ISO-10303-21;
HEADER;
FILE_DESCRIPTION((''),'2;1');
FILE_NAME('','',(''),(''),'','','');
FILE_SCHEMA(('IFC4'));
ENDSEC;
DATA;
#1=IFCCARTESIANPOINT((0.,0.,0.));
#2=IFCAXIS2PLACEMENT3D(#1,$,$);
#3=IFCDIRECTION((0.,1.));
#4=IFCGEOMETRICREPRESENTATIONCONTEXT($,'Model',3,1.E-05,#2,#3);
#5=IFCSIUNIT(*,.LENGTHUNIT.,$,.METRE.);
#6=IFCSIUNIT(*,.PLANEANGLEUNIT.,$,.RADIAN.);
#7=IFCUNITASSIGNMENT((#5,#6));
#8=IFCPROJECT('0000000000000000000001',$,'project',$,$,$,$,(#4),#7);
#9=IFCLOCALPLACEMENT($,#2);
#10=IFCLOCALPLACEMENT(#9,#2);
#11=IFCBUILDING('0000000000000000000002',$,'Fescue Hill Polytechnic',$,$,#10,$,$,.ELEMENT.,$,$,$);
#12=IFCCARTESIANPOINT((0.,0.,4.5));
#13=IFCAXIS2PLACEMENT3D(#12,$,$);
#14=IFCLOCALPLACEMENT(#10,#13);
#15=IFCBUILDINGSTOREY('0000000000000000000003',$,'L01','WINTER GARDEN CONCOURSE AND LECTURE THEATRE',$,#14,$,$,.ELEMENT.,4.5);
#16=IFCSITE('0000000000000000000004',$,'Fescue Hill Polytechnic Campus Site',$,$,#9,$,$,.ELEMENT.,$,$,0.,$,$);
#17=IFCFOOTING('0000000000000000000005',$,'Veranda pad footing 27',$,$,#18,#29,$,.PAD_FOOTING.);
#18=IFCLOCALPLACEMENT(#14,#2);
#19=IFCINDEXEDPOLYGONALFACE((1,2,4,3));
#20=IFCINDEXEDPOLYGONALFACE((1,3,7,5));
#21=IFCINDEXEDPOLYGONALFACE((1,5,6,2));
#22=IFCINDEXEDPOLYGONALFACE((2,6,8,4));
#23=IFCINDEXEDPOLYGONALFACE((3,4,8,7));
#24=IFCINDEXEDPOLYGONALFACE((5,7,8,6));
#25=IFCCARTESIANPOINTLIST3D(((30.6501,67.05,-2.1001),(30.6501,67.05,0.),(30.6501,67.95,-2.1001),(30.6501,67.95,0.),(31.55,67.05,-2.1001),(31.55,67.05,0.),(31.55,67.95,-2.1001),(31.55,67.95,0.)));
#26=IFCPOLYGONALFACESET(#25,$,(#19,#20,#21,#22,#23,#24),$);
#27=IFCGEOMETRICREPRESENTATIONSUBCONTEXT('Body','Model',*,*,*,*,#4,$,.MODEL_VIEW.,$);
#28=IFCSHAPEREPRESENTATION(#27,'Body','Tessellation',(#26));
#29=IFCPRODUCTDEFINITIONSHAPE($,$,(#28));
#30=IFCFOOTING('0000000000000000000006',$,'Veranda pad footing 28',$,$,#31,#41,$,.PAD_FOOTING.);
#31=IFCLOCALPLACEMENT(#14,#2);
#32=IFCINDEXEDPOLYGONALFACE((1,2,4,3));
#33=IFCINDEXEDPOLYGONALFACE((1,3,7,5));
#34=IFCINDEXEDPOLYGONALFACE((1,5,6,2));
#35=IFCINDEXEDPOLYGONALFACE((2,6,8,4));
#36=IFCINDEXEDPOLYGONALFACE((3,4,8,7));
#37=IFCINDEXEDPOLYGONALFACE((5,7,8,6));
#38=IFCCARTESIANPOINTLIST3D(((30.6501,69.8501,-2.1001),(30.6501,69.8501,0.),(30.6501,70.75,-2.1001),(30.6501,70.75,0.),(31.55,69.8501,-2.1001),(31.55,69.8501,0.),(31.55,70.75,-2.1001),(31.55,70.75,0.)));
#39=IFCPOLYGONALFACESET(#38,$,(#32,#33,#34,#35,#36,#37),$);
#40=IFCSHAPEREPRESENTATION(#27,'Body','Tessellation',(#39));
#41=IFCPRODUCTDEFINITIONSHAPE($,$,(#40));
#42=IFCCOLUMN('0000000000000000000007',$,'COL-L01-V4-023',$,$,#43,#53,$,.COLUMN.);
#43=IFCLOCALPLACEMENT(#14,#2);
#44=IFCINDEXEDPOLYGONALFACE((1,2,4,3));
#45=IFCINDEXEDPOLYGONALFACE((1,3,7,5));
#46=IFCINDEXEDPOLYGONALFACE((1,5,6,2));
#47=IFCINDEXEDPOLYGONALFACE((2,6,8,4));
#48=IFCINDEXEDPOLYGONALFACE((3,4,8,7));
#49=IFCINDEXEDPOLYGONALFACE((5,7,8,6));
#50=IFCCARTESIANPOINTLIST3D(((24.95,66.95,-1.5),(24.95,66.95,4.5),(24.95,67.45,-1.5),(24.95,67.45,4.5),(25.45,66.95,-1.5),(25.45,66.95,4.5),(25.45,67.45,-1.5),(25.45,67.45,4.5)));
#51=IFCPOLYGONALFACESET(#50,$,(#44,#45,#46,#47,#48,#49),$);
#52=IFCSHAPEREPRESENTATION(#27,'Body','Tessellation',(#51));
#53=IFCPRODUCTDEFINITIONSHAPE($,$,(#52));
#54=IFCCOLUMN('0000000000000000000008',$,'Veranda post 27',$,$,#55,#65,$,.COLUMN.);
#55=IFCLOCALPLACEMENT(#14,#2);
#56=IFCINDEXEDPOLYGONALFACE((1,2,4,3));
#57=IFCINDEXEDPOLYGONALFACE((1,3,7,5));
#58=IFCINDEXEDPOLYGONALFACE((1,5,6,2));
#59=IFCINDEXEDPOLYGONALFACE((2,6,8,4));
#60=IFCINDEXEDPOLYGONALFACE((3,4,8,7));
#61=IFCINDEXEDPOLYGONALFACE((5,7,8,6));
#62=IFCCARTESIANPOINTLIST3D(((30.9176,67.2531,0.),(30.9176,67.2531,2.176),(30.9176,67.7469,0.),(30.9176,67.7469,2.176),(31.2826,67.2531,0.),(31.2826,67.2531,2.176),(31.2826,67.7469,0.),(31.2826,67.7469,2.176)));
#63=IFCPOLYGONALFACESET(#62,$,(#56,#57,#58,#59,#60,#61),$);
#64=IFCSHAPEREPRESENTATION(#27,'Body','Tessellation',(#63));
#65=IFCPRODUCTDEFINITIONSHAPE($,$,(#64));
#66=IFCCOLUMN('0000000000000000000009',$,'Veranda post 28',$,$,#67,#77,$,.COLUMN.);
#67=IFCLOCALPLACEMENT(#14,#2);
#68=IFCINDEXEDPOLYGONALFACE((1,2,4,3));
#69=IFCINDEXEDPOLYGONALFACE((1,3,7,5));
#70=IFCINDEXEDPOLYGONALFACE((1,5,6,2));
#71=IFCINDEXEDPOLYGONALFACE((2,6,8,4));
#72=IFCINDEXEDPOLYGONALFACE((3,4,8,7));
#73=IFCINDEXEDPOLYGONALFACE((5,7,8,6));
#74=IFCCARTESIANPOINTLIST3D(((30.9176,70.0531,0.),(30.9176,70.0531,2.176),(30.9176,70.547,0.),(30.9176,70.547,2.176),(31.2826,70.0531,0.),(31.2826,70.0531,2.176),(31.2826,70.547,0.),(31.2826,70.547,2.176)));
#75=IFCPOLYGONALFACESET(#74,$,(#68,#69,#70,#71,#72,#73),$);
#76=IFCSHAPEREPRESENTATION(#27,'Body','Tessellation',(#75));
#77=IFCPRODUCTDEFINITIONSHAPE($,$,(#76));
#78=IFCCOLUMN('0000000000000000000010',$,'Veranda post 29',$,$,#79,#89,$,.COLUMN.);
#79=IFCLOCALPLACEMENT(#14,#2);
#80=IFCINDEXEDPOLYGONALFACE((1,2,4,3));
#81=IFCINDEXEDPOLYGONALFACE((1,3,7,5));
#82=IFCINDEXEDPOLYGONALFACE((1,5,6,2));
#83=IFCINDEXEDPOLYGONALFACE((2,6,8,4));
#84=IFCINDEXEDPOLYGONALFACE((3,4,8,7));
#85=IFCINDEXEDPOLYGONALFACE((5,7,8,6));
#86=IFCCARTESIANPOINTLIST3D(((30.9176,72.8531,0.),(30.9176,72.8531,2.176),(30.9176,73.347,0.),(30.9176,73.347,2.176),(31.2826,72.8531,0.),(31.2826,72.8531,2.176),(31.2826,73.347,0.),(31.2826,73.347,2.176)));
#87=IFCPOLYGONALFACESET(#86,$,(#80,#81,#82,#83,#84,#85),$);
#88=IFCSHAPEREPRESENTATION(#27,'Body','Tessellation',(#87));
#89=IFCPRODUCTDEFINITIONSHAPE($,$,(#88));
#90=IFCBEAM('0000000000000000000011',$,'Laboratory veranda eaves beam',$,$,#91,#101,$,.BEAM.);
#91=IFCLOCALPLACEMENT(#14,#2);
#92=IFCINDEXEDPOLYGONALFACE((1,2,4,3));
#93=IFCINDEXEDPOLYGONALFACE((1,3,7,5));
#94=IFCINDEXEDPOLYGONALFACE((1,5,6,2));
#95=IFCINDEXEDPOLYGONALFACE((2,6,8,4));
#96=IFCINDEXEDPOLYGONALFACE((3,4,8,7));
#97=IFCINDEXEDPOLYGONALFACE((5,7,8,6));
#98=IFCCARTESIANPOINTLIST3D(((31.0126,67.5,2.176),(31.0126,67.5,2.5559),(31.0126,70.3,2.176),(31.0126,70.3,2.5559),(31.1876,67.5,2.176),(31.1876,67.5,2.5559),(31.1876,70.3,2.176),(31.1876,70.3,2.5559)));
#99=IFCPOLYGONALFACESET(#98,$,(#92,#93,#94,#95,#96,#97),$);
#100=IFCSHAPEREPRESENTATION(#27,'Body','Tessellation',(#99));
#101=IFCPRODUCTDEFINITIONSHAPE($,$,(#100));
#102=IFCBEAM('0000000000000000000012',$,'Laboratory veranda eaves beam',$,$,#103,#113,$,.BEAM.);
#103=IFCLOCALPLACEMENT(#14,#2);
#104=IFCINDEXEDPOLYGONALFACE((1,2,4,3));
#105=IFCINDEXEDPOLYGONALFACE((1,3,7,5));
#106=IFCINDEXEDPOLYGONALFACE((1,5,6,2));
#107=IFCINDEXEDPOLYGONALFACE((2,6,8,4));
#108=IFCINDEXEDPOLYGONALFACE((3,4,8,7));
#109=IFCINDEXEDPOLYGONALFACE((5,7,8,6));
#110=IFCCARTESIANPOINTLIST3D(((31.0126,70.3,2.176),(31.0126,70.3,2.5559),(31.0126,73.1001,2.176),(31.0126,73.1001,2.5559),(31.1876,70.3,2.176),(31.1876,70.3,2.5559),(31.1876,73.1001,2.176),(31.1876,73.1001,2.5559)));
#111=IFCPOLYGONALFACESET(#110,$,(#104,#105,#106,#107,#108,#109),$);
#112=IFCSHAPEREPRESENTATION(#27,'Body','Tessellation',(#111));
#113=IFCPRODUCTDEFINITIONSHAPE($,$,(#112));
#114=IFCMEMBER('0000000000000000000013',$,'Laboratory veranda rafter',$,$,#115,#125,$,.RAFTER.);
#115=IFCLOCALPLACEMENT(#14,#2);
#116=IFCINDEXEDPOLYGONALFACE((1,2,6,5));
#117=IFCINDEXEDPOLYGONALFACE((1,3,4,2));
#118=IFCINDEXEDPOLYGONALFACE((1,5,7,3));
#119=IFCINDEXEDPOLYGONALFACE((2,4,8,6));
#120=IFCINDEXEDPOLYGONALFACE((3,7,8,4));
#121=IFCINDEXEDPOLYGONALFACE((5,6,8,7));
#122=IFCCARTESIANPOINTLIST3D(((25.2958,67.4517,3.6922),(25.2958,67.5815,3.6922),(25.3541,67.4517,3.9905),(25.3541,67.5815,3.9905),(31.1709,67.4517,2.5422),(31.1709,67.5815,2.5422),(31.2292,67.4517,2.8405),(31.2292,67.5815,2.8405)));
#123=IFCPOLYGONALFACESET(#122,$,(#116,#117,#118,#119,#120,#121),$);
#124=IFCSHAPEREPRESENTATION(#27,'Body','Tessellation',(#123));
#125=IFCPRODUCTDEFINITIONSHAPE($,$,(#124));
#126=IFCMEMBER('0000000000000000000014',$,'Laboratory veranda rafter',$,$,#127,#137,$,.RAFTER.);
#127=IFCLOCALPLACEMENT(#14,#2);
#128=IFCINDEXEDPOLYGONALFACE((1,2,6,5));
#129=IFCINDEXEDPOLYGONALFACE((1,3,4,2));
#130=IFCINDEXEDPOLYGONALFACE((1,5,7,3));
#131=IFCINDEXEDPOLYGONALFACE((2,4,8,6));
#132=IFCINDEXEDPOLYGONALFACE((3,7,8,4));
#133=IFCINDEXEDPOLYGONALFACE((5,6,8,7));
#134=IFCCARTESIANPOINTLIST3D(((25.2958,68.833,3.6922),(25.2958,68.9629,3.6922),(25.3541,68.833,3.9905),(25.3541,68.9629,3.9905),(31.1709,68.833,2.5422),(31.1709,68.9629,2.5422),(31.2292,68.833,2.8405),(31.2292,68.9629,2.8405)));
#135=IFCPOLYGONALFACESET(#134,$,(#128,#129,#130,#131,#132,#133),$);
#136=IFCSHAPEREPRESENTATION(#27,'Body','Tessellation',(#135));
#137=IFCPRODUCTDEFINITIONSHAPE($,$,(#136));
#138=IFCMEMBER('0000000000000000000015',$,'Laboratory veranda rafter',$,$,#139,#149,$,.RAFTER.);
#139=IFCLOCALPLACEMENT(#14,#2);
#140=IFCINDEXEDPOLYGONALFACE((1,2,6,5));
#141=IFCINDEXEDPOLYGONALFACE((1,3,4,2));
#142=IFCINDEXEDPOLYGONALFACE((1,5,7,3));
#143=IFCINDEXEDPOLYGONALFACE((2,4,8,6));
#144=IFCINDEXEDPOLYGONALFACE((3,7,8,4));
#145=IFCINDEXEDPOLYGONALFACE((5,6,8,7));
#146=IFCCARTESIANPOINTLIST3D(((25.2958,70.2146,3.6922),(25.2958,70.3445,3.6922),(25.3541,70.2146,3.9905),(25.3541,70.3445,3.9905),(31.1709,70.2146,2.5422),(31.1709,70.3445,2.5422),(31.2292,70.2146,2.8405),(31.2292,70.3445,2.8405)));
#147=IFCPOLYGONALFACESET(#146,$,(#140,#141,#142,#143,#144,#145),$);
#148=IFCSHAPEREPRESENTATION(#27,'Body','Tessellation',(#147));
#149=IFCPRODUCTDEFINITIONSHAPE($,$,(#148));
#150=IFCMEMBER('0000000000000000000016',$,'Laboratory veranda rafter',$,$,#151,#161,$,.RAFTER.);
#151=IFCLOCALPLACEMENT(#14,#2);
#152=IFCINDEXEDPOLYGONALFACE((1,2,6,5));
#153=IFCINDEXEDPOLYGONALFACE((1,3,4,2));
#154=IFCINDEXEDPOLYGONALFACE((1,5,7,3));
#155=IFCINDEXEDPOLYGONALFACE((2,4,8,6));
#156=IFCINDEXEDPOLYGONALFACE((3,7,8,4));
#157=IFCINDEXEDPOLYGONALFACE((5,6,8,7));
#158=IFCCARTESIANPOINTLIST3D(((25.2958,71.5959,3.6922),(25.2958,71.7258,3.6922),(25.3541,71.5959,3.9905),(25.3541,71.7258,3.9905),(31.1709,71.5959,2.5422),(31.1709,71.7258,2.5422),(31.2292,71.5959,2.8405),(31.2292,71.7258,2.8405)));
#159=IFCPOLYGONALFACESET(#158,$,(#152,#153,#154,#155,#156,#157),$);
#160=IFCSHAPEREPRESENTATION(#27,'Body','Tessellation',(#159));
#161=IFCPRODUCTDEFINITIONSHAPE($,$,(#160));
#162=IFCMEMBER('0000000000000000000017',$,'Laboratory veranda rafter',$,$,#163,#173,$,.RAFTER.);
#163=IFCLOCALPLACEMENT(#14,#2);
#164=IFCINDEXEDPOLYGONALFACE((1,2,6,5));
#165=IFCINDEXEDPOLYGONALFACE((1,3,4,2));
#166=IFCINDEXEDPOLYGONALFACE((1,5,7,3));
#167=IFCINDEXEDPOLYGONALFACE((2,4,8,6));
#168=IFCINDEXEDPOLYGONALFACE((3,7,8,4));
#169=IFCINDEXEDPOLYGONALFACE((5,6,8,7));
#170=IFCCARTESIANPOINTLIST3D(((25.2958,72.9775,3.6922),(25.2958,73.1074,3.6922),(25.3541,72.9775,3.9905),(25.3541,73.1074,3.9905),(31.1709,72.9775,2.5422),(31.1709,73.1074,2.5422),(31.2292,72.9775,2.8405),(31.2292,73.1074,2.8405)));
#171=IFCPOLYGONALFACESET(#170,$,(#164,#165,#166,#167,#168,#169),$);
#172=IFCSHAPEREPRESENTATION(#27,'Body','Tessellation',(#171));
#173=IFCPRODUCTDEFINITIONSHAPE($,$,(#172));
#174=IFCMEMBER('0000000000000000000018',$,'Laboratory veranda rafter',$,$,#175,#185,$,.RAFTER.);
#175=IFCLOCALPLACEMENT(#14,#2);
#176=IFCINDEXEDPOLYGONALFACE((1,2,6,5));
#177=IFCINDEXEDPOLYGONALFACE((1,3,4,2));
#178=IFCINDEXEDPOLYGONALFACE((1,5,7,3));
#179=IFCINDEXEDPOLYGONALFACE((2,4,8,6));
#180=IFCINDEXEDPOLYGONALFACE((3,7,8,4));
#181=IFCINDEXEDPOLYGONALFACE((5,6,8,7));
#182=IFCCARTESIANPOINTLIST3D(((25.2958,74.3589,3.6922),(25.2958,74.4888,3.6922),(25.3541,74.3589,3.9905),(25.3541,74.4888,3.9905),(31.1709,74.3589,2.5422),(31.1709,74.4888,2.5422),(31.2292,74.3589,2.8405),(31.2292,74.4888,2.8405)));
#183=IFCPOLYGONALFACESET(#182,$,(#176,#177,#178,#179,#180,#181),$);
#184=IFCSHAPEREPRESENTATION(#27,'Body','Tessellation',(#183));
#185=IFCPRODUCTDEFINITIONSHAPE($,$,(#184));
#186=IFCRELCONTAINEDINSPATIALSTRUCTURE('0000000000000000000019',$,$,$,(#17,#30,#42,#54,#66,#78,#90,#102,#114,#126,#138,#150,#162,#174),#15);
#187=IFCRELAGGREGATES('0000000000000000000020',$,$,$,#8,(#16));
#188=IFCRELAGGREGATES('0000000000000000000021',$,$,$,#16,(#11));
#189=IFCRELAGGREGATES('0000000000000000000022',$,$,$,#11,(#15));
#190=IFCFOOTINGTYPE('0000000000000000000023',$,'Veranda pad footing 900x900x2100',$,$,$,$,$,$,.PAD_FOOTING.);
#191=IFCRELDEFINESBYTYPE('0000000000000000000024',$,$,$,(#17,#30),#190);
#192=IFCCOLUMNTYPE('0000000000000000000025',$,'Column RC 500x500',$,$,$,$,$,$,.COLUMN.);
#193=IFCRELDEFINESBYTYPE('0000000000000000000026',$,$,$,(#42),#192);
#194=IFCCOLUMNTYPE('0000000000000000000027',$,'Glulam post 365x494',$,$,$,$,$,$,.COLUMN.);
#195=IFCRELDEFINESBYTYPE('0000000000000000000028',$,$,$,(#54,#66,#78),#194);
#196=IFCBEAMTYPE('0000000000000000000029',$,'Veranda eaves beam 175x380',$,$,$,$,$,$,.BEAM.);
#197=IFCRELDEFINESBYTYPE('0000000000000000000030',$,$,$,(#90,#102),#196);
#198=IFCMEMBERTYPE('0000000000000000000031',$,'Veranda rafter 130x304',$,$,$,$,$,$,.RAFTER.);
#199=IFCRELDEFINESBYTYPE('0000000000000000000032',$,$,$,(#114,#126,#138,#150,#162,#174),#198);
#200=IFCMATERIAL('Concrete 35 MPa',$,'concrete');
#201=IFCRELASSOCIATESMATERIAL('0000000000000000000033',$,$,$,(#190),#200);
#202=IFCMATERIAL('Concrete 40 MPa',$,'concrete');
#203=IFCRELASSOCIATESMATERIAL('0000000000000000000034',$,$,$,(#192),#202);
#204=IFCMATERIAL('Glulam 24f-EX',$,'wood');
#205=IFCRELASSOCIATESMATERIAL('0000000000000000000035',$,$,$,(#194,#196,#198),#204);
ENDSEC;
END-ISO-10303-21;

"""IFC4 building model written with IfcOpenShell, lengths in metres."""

from ifc_helpers import new_model, si_unit, direction, frame, origin, origin_2d, place, context, subcontext, project, spatial, rectangle, extrude, material, material_profile, profile_set, type_object, element, save


model = new_model("IFC4")

# Units and contexts
model_context = context("Model", 3, precision=1e-05, world=origin(), true_north=direction((0.0, 1.0)))
body_context = subcontext(model_context, "Body", "Model", "MODEL_VIEW")
ifc_project = project(units=[si_unit("LENGTHUNIT", "METRE"), si_unit("PLANEANGLEUNIT", "RADIAN")], contexts=[model_context])

# Site, building, storey
site_placement = place(None, origin())
site = spatial("IfcSite", under=ifc_project, at=site_placement, Name="Fescue Hill Polytechnic Campus Site", CompositionType="ELEMENT", RefElevation=0.0)
building_placement = place(site_placement, origin())
building = spatial("IfcBuilding", under=site, at=building_placement, Name="Fescue Hill Polytechnic", CompositionType="ELEMENT")
storey_placement = place(building_placement, frame((0.0, 0.0, 4.5)))
storey = spatial("IfcBuildingStorey", under=building, at=storey_placement, Name="L01", Description="WINTER GARDEN CONCOURSE AND LECTURE THEATRE", CompositionType="ELEMENT", Elevation=4.5)

# Footings
ifc_material_1 = material(Name="Concrete 35 MPa", Category="concrete")
footing_type = type_object("IfcFootingType", Name="Veranda pad footing 900x900x2100", PredefinedType="PAD_FOOTING", material=ifc_material_1)
for number, where, z_axis, x_axis, name in (
    (1, (31.1001, 67.5, -2.1001), (0.0, 0.0, 1.0), (1.0, 0.0, 0.0), "Veranda pad footing 27"),
    (2, (31.1001, 70.3, -2.1001), (0.0, 0.0, 1.0), (1.0, 0.0, 0.0), "Veranda pad footing 28"),
):
    element("IfcFooting", number, at=place(storey_placement, frame(where, z_axis=z_axis, x_axis=x_axis)), inside=storey, type_object=footing_type, Name=name, PredefinedType="PAD_FOOTING", context=body_context, shape_type="SweptSolid", body=[
        extrude(rectangle(XDim=0.8999, YDim=0.8999, at=origin_2d()), origin(), (0.0, 0.0, 1.0), 2.1001),
    ])

# Columns
ifc_material_2 = material(Name="Concrete 40 MPa", Category="concrete")
ifc_material_profile_1 = material_profile(ifc_material_2, rectangle(XDim=0.5, YDim=0.5, at=origin_2d()), Name="RC 500x500")
ifc_profile_set_1 = profile_set([ifc_material_profile_1], Name="Concrete 40 MPa")
column_type_1 = type_object("IfcColumnType", Name="Column RC 500x500", PredefinedType="COLUMN", material=ifc_profile_set_1)
column_placement = place(storey_placement, frame((25.2, 67.2, -1.5), z_axis=(0.0, 0.0, 1.0), x_axis=(1.0, 0.0, 0.0)))
element("IfcColumn", 3, at=column_placement, inside=storey, type_object=column_type_1, Name="COL-L01-V4-023", PredefinedType="COLUMN", context=body_context, shape_type="SweptSolid", body=[
    extrude(rectangle(XDim=0.5, YDim=0.5, at=origin_2d()), origin(), (0.0, 0.0, 1.0), 6.0),
])
ifc_material_3 = material(Name="Glulam 24f-EX", Category="wood")
ifc_material_profile_2 = material_profile(ifc_material_3, rectangle(XDim=0.365, YDim=0.4939, at=origin_2d()), Name="Glulam post 365x494")
ifc_profile_set_2 = profile_set([ifc_material_profile_2], Name="Glulam 24f-EX")
column_type_2 = type_object("IfcColumnType", Name="Glulam post 365x494", PredefinedType="COLUMN", material=ifc_profile_set_2)
for number, where, z_axis, x_axis, name in (
    (4, (31.1001, 67.5, 0.0), (0.0, 0.0, 1.0), (1.0, 0.0, 0.0), "Veranda post 27"),
    (5, (31.1001, 70.3, 0.0), (0.0, 0.0, 1.0), (1.0, 0.0, 0.0), "Veranda post 28"),
    (6, (31.1001, 73.1001, 0.0), (0.0, 0.0, 1.0), (1.0, 0.0, 0.0), "Veranda post 29"),
):
    element("IfcColumn", number, at=place(storey_placement, frame(where, z_axis=z_axis, x_axis=x_axis)), inside=storey, type_object=column_type_2, Name=name, PredefinedType="COLUMN", context=body_context, shape_type="SweptSolid", body=[
        extrude(rectangle(XDim=0.365, YDim=0.4939, at=origin_2d()), origin(), (0.0, 0.0, 1.0), 2.176),
    ])

# Beams
ifc_material_profile_3 = material_profile(ifc_material_3, rectangle(XDim=0.175, YDim=0.3799, at=origin_2d()), Name="Veranda eaves beam 175x380")
ifc_profile_set_3 = profile_set([ifc_material_profile_3], Name="Glulam 24f-EX")
beam_type = type_object("IfcBeamType", Name="Veranda eaves beam 175x380", PredefinedType="BEAM", material=ifc_profile_set_3)
for number, where, z_axis, x_axis, name in (
    (7, (31.1001, 67.5, 2.366), (0.0, 1.0, 0.0), (-1.0, 0.0, 0.0), "Laboratory veranda eaves beam"),
    (8, (31.1001, 70.3, 2.366), (0.0, 1.0, 0.0), (-1.0, 0.0, 0.0), "Laboratory veranda eaves beam"),
):
    element("IfcBeam", number, at=place(storey_placement, frame(where, z_axis=z_axis, x_axis=x_axis)), inside=storey, type_object=beam_type, Name=name, PredefinedType="BEAM", context=body_context, shape_type="SweptSolid", body=[
        extrude(rectangle(XDim=0.175, YDim=0.3799, at=origin_2d()), origin(), (0.0, 0.0, 1.0), 2.8),
    ])

# Members
ifc_material_profile_4 = material_profile(ifc_material_3, rectangle(XDim=0.1299, YDim=0.304, at=origin_2d()), Name="Veranda rafter 130x304")
ifc_profile_set_4 = profile_set([ifc_material_profile_4], Name="Glulam 24f-EX")
member_type = type_object("IfcMemberType", Name="Veranda rafter 130x304", PredefinedType="RAFTER", material=ifc_profile_set_4)
for number, where, z_axis, x_axis, name in (
    (9, (25.325, 67.5166, 3.8413), (0.981379, 0.0, -0.192083), (0.0, 1.0, 0.0), "Laboratory veranda rafter"),
    (10, (25.325, 68.8979, 3.8413), (0.981379, 0.0, -0.192083), (0.0, 1.0, 0.0), "Laboratory veranda rafter"),
    (11, (25.325, 70.2795, 3.8413), (0.981379, 0.0, -0.192083), (0.0, 1.0, 0.0), "Laboratory veranda rafter"),
    (12, (25.325, 71.6609, 3.8413), (0.981379, 0.0, -0.192083), (0.0, 1.0, 0.0), "Laboratory veranda rafter"),
    (13, (25.325, 73.0425, 3.8413), (0.981379, 0.0, -0.192083), (0.0, 1.0, 0.0), "Laboratory veranda rafter"),
    (14, (25.325, 74.4238, 3.8413), (0.981379, 0.0, -0.192083), (0.0, 1.0, 0.0), "Laboratory veranda rafter"),
):
    element("IfcMember", number, at=place(storey_placement, frame(where, z_axis=z_axis, x_axis=x_axis)), inside=storey, type_object=member_type, Name=name, PredefinedType="RAFTER", context=body_context, shape_type="SweptSolid", body=[
        extrude(rectangle(XDim=0.1299, YDim=0.304, at=origin_2d()), origin(), (0.0, 0.0, 1.0), 5.9866),
    ])

save(model, "model.ifc")
